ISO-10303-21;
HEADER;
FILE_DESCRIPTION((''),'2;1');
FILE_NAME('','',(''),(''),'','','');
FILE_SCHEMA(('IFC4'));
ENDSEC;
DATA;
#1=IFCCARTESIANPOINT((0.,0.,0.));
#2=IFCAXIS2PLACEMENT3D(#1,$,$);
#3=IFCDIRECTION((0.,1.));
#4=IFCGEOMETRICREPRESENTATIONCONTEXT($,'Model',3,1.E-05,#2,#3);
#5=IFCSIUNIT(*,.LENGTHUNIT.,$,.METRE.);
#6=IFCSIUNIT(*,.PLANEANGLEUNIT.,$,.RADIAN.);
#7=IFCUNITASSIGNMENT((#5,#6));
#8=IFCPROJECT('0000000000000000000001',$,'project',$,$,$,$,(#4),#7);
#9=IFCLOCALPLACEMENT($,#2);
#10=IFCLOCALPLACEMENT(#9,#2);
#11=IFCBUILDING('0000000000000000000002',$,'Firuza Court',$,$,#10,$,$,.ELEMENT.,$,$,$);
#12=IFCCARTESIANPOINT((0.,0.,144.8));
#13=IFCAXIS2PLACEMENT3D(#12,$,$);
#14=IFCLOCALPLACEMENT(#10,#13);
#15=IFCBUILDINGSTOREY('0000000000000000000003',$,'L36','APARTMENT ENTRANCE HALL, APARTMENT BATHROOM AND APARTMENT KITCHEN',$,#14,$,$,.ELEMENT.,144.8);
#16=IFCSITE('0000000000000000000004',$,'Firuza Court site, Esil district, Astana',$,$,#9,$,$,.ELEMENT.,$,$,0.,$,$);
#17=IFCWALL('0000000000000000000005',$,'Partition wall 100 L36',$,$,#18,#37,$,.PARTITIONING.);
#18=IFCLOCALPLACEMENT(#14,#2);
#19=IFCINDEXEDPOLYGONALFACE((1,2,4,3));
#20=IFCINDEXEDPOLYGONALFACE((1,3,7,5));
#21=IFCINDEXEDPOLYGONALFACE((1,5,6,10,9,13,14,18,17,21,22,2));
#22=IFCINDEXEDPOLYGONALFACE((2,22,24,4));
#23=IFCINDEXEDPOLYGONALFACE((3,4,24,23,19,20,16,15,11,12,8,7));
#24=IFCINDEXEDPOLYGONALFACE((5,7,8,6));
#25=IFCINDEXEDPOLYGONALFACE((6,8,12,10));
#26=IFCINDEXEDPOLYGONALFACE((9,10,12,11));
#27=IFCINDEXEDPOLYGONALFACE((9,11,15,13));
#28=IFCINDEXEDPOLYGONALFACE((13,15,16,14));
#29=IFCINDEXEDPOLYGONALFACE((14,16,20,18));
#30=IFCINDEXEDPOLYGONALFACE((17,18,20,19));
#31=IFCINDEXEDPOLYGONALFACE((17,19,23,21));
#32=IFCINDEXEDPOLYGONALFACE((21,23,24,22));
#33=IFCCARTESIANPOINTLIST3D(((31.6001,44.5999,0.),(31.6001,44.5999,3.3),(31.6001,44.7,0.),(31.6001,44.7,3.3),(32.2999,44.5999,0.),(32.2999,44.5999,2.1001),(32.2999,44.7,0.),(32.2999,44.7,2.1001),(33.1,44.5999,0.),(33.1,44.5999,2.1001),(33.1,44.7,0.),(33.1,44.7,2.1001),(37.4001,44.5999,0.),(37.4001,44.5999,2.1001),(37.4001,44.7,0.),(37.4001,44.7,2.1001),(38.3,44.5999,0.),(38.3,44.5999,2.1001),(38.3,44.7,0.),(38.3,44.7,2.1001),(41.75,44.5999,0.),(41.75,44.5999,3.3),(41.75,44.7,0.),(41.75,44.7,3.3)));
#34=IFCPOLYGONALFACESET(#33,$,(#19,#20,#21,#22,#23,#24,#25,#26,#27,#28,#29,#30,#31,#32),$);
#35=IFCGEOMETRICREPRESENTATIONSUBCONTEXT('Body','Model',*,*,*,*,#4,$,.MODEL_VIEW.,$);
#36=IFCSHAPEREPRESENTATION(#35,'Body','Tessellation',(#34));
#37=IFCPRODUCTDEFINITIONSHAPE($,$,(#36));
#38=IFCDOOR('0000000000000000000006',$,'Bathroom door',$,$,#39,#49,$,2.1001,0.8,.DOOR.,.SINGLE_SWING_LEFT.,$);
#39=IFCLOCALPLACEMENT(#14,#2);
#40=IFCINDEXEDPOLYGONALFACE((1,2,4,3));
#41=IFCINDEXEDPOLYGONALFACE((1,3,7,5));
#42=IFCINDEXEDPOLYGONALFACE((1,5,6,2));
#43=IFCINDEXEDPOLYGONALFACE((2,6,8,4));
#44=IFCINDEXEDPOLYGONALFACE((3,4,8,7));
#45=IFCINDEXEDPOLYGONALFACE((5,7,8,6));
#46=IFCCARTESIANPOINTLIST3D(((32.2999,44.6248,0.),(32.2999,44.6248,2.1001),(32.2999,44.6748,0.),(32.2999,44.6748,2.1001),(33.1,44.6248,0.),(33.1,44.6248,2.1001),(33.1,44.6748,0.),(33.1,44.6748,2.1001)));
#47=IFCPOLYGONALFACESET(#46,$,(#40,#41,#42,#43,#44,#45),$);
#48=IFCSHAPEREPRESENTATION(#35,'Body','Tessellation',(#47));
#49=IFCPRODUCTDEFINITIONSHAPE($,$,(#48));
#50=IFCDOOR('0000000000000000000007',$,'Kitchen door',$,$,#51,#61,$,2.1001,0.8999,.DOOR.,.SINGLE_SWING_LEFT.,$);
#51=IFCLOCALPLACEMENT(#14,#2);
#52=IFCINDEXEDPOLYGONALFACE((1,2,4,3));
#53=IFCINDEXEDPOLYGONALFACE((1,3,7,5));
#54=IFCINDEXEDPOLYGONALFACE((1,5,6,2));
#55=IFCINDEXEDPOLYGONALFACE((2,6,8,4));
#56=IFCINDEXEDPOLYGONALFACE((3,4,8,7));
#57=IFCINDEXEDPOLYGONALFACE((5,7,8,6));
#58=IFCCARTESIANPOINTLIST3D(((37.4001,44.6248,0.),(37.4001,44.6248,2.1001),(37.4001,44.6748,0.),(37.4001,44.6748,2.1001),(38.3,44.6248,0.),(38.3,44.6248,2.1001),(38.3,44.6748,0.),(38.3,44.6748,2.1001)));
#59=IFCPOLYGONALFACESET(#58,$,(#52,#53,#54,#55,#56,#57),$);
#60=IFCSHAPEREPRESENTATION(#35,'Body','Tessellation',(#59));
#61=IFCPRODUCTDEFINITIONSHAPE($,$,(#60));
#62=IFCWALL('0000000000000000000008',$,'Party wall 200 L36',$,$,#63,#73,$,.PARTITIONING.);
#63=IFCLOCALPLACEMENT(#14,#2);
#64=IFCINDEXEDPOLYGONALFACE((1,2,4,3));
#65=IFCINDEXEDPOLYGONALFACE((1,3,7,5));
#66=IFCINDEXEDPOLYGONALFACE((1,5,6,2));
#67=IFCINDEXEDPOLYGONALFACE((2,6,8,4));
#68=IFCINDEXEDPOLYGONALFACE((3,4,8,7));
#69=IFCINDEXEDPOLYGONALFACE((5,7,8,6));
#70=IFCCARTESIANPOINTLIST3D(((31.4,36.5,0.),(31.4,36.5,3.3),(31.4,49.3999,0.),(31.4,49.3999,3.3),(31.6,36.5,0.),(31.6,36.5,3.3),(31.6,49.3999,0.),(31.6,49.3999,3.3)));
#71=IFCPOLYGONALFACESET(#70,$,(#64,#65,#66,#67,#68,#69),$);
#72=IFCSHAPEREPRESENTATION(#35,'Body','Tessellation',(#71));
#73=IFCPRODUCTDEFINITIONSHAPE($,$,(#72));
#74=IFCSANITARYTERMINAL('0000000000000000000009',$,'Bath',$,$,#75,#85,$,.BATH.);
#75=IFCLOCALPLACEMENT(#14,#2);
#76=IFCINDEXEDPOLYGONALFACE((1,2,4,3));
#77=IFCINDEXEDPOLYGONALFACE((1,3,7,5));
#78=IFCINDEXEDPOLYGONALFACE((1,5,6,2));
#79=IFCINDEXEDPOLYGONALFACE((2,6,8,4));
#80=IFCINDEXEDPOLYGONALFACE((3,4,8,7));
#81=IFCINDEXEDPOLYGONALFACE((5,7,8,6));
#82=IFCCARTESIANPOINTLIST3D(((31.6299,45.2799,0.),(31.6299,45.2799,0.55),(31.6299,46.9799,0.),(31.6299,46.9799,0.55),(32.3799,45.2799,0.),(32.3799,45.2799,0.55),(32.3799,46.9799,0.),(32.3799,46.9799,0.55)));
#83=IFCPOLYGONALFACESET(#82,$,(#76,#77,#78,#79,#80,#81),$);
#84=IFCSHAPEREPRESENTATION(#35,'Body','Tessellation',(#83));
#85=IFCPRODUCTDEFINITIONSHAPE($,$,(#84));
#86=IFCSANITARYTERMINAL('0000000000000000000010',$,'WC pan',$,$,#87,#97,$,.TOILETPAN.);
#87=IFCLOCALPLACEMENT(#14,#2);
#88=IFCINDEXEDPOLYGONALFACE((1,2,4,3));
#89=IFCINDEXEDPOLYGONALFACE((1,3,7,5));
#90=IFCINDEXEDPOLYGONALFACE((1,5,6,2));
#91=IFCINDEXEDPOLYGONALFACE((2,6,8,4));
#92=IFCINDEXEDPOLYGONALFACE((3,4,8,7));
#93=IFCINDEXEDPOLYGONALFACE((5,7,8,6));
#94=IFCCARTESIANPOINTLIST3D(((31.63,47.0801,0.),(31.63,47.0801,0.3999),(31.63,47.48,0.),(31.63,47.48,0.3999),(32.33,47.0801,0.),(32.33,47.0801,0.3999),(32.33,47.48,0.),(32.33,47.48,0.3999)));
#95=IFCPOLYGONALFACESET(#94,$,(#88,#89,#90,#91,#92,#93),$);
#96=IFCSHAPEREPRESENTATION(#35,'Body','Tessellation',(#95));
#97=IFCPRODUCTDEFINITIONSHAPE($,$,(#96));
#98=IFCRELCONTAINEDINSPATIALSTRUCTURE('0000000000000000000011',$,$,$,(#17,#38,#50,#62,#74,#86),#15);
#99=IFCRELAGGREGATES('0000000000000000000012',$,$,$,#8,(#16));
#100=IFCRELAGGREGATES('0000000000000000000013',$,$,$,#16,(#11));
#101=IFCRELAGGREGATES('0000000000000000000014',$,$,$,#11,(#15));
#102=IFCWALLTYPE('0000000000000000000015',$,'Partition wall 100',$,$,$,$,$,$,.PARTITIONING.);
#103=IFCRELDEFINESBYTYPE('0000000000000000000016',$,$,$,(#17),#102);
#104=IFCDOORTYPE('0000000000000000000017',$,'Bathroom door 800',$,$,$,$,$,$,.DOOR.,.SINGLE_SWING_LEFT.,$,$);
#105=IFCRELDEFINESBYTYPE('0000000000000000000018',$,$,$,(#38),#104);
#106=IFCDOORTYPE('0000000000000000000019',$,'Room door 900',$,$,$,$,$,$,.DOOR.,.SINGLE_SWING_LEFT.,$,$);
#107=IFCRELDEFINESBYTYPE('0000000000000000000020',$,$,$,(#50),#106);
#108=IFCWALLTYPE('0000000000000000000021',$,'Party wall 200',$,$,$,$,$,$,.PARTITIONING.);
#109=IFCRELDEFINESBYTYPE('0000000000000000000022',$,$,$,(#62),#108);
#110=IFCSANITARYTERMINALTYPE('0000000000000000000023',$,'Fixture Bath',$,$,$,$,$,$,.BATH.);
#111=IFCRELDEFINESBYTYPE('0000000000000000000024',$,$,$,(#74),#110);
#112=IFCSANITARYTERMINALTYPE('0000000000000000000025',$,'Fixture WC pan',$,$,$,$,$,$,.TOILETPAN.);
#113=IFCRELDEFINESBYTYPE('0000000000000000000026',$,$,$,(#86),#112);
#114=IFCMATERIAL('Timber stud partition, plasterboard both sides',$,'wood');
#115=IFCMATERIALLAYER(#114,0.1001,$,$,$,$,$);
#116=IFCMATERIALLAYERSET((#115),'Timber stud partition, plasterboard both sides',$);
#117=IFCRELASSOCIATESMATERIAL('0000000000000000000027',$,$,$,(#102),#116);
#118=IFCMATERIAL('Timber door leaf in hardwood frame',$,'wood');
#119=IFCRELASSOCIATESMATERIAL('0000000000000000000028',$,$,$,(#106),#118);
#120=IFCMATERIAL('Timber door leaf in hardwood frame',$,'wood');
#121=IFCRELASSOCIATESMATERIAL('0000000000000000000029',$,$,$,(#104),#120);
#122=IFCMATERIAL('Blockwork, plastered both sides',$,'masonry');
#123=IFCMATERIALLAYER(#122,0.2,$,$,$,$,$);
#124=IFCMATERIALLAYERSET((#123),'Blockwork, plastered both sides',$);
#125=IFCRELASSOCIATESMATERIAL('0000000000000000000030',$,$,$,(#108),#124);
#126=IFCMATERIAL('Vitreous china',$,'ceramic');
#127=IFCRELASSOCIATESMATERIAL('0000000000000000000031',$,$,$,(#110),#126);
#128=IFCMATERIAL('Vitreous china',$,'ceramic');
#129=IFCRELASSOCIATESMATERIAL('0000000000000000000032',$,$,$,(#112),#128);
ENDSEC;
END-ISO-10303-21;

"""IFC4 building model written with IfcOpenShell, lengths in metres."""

from ifc_helpers import new_model, si_unit, direction, frame, frame_2d, origin, origin_2d, place, context, subcontext, project, spatial, rectangle, extrude, material, layer, layer_set, type_object, element, fill, save


model = new_model("IFC4")

# Units and contexts
model_context = context("Model", 3, precision=1e-05, world=origin(), true_north=direction((0.0, 1.0)))
body_context = subcontext(model_context, "Body", "Model", "MODEL_VIEW")
ifc_project = project(units=[si_unit("LENGTHUNIT", "METRE"), si_unit("PLANEANGLEUNIT", "RADIAN")], contexts=[model_context])

# Site, building, storey
site_placement = place(None, origin())
site = spatial("IfcSite", under=ifc_project, at=site_placement, Name="Firuza Court site, Esil district, Astana", CompositionType="ELEMENT", RefElevation=0.0)
building_placement = place(site_placement, origin())
building = spatial("IfcBuilding", under=site, at=building_placement, Name="Firuza Court", CompositionType="ELEMENT")
storey_placement = place(building_placement, frame((0.0, 0.0, 144.8)))
storey = spatial("IfcBuildingStorey", under=building, at=storey_placement, Name="L36", Description="APARTMENT ENTRANCE HALL, APARTMENT BATHROOM AND APARTMENT KITCHEN", CompositionType="ELEMENT", Elevation=144.8)

# Shared definitions
ifc_material_1 = material(Name="Timber stud partition, plasterboard both sides", Category="wood")
ifc_layer_1 = layer(ifc_material_1, 0.1001)
ifc_layer_set_1 = layer_set([ifc_layer_1], Name="Timber stud partition, plasterboard both sides")
wall_type_1 = type_object("IfcWallType", Name="Partition wall 100", PredefinedType="PARTITIONING", material=ifc_layer_set_1)

# Wall, openings, doors
ifc_material_2 = material(Name="Timber door leaf in hardwood frame", Category="wood")
door_type_1 = type_object("IfcDoorType", Name="Room door 900", OperationType="SINGLE_SWING_LEFT", PredefinedType="DOOR", material=ifc_material_2)
wall_1_placement = place(storey_placement, frame((31.6001, 44.6499, 0.0), z_axis=(0.0, 0.0, 1.0), x_axis=(1.0, 0.0, 0.0)))
wall_1 = element("IfcWall", 1, at=wall_1_placement, inside=storey, type_object=wall_type_1, Name="Partition wall 100 L36", PredefinedType="PARTITIONING", context=body_context, shape_type="SweptSolid", body=[
    extrude(rectangle(XDim=10.1499, YDim=0.1001, at=frame_2d((5.075, 0.0))), origin(), (0.0, 0.0, 1.0), 3.3),
])
opening_1_placement = place(wall_1_placement, frame((0.7, 0.0, 0.0)))
opening_1 = element("IfcOpeningElement", 2, at=opening_1_placement, cuts=wall_1, PredefinedType="OPENING", context=body_context, shape_type="SweptSolid", body=[
    extrude(rectangle(XDim=0.8, YDim=2.1001, at=frame_2d((0.3999, 1.05))), frame((0.0, 0.062, 0.0), z_axis=(0.0, -1.0, 0.0), x_axis=(1.0, 0.0, 0.0)), (0.0, 0.0, 1.0), 0.124),
])
opening_2_placement = place(wall_1_placement, frame((5.8, 0.0, 0.0)))
opening_2 = element("IfcOpeningElement", 3, at=opening_2_placement, cuts=wall_1, PredefinedType="OPENING", context=body_context, shape_type="SweptSolid", body=[
    extrude(rectangle(XDim=0.8999, YDim=2.1001, at=frame_2d((0.45, 1.05))), frame((0.0, 0.062, 0.0), z_axis=(0.0, -1.0, 0.0), x_axis=(1.0, 0.0, 0.0)), (0.0, 0.0, 1.0), 0.124),
])
ifc_material_3 = material(Name="Timber door leaf in hardwood frame", Category="wood")
door_type_2 = type_object("IfcDoorType", Name="Bathroom door 800", OperationType="SINGLE_SWING_LEFT", PredefinedType="DOOR", material=ifc_material_3)
door_1_placement = place(opening_1_placement, origin())
door_1 = element("IfcDoor", 4, at=door_1_placement, inside=storey, type_object=door_type_2, Name="Bathroom door", OperationType="SINGLE_SWING_LEFT", OverallHeight=2.1001, OverallWidth=0.8, PredefinedType="DOOR", context=body_context, shape_type="SweptSolid", body=[
    extrude(rectangle(XDim=0.8, YDim=2.1001, at=frame_2d((0.3999, 1.05))), frame((0.0, 0.0249, 0.0), z_axis=(0.0, -1.0, 0.0), x_axis=(1.0, 0.0, 0.0)), (0.0, 0.0, 1.0), 0.05),
])
fill(opening_1, door_1)
door_2_placement = place(opening_2_placement, origin())
door_2 = element("IfcDoor", 5, at=door_2_placement, inside=storey, type_object=door_type_1, Name="Kitchen door", OperationType="SINGLE_SWING_LEFT", OverallHeight=2.1001, OverallWidth=0.8999, PredefinedType="DOOR", context=body_context, shape_type="SweptSolid", body=[
    extrude(rectangle(XDim=0.8999, YDim=2.1001, at=frame_2d((0.45, 1.05))), frame((0.0, 0.0249, 0.0), z_axis=(0.0, -1.0, 0.0), x_axis=(1.0, 0.0, 0.0)), (0.0, 0.0, 1.0), 0.05),
])
fill(opening_2, door_2)

# Wall
ifc_material_4 = material(Name="Blockwork, plastered both sides", Category="masonry")
ifc_layer_2 = layer(ifc_material_4, 0.2)
ifc_layer_set_2 = layer_set([ifc_layer_2], Name="Blockwork, plastered both sides")
wall_type_2 = type_object("IfcWallType", Name="Party wall 200", PredefinedType="PARTITIONING", material=ifc_layer_set_2)
wall_2_placement = place(storey_placement, frame((31.5, 36.5, 0.0), z_axis=(0.0, 0.0, 1.0), x_axis=(0.0, 1.0, 0.0)))
element("IfcWall", 6, at=wall_2_placement, inside=storey, type_object=wall_type_2, Name="Party wall 200 L36", PredefinedType="PARTITIONING", context=body_context, shape_type="SweptSolid", body=[
    extrude(rectangle(XDim=12.8999, YDim=0.2, at=frame_2d((6.45, 0.0))), origin(), (0.0, 0.0, 1.0), 3.3),
])

# Sanitary terminals
ifc_material_5 = material(Name="Vitreous china", Category="ceramic")
sanitary_terminal_type_1 = type_object("IfcSanitaryTerminalType", Name="Fixture Bath", PredefinedType="BATH", material=ifc_material_5)
sanitary_terminal_1_placement = place(storey_placement, frame((32.0049, 46.1299, 0.0), z_axis=(0.0, 0.0, 1.0), x_axis=(1.0, 0.0, 0.0)))
element("IfcSanitaryTerminal", 7, at=sanitary_terminal_1_placement, inside=storey, type_object=sanitary_terminal_type_1, Name="Bath", PredefinedType="BATH", context=body_context, shape_type="SweptSolid", body=[
    extrude(rectangle(XDim=0.75, YDim=1.7, at=origin_2d()), origin(), (0.0, 0.0, 1.0), 0.55),
])
ifc_material_6 = material(Name="Vitreous china", Category="ceramic")
sanitary_terminal_type_2 = type_object("IfcSanitaryTerminalType", Name="Fixture WC pan", PredefinedType="TOILETPAN", material=ifc_material_6)
sanitary_terminal_2_placement = place(storey_placement, frame((31.98, 47.28, 0.0), z_axis=(0.0, 0.0, 1.0), x_axis=(1.0, 0.0, 0.0)))
element("IfcSanitaryTerminal", 8, at=sanitary_terminal_2_placement, inside=storey, type_object=sanitary_terminal_type_2, Name="WC pan", PredefinedType="TOILETPAN", context=body_context, shape_type="SweptSolid", body=[
    extrude(rectangle(XDim=0.7, YDim=0.3999, at=origin_2d()), origin(), (0.0, 0.0, 1.0), 0.3999),
])

save(model, "model.ifc")
